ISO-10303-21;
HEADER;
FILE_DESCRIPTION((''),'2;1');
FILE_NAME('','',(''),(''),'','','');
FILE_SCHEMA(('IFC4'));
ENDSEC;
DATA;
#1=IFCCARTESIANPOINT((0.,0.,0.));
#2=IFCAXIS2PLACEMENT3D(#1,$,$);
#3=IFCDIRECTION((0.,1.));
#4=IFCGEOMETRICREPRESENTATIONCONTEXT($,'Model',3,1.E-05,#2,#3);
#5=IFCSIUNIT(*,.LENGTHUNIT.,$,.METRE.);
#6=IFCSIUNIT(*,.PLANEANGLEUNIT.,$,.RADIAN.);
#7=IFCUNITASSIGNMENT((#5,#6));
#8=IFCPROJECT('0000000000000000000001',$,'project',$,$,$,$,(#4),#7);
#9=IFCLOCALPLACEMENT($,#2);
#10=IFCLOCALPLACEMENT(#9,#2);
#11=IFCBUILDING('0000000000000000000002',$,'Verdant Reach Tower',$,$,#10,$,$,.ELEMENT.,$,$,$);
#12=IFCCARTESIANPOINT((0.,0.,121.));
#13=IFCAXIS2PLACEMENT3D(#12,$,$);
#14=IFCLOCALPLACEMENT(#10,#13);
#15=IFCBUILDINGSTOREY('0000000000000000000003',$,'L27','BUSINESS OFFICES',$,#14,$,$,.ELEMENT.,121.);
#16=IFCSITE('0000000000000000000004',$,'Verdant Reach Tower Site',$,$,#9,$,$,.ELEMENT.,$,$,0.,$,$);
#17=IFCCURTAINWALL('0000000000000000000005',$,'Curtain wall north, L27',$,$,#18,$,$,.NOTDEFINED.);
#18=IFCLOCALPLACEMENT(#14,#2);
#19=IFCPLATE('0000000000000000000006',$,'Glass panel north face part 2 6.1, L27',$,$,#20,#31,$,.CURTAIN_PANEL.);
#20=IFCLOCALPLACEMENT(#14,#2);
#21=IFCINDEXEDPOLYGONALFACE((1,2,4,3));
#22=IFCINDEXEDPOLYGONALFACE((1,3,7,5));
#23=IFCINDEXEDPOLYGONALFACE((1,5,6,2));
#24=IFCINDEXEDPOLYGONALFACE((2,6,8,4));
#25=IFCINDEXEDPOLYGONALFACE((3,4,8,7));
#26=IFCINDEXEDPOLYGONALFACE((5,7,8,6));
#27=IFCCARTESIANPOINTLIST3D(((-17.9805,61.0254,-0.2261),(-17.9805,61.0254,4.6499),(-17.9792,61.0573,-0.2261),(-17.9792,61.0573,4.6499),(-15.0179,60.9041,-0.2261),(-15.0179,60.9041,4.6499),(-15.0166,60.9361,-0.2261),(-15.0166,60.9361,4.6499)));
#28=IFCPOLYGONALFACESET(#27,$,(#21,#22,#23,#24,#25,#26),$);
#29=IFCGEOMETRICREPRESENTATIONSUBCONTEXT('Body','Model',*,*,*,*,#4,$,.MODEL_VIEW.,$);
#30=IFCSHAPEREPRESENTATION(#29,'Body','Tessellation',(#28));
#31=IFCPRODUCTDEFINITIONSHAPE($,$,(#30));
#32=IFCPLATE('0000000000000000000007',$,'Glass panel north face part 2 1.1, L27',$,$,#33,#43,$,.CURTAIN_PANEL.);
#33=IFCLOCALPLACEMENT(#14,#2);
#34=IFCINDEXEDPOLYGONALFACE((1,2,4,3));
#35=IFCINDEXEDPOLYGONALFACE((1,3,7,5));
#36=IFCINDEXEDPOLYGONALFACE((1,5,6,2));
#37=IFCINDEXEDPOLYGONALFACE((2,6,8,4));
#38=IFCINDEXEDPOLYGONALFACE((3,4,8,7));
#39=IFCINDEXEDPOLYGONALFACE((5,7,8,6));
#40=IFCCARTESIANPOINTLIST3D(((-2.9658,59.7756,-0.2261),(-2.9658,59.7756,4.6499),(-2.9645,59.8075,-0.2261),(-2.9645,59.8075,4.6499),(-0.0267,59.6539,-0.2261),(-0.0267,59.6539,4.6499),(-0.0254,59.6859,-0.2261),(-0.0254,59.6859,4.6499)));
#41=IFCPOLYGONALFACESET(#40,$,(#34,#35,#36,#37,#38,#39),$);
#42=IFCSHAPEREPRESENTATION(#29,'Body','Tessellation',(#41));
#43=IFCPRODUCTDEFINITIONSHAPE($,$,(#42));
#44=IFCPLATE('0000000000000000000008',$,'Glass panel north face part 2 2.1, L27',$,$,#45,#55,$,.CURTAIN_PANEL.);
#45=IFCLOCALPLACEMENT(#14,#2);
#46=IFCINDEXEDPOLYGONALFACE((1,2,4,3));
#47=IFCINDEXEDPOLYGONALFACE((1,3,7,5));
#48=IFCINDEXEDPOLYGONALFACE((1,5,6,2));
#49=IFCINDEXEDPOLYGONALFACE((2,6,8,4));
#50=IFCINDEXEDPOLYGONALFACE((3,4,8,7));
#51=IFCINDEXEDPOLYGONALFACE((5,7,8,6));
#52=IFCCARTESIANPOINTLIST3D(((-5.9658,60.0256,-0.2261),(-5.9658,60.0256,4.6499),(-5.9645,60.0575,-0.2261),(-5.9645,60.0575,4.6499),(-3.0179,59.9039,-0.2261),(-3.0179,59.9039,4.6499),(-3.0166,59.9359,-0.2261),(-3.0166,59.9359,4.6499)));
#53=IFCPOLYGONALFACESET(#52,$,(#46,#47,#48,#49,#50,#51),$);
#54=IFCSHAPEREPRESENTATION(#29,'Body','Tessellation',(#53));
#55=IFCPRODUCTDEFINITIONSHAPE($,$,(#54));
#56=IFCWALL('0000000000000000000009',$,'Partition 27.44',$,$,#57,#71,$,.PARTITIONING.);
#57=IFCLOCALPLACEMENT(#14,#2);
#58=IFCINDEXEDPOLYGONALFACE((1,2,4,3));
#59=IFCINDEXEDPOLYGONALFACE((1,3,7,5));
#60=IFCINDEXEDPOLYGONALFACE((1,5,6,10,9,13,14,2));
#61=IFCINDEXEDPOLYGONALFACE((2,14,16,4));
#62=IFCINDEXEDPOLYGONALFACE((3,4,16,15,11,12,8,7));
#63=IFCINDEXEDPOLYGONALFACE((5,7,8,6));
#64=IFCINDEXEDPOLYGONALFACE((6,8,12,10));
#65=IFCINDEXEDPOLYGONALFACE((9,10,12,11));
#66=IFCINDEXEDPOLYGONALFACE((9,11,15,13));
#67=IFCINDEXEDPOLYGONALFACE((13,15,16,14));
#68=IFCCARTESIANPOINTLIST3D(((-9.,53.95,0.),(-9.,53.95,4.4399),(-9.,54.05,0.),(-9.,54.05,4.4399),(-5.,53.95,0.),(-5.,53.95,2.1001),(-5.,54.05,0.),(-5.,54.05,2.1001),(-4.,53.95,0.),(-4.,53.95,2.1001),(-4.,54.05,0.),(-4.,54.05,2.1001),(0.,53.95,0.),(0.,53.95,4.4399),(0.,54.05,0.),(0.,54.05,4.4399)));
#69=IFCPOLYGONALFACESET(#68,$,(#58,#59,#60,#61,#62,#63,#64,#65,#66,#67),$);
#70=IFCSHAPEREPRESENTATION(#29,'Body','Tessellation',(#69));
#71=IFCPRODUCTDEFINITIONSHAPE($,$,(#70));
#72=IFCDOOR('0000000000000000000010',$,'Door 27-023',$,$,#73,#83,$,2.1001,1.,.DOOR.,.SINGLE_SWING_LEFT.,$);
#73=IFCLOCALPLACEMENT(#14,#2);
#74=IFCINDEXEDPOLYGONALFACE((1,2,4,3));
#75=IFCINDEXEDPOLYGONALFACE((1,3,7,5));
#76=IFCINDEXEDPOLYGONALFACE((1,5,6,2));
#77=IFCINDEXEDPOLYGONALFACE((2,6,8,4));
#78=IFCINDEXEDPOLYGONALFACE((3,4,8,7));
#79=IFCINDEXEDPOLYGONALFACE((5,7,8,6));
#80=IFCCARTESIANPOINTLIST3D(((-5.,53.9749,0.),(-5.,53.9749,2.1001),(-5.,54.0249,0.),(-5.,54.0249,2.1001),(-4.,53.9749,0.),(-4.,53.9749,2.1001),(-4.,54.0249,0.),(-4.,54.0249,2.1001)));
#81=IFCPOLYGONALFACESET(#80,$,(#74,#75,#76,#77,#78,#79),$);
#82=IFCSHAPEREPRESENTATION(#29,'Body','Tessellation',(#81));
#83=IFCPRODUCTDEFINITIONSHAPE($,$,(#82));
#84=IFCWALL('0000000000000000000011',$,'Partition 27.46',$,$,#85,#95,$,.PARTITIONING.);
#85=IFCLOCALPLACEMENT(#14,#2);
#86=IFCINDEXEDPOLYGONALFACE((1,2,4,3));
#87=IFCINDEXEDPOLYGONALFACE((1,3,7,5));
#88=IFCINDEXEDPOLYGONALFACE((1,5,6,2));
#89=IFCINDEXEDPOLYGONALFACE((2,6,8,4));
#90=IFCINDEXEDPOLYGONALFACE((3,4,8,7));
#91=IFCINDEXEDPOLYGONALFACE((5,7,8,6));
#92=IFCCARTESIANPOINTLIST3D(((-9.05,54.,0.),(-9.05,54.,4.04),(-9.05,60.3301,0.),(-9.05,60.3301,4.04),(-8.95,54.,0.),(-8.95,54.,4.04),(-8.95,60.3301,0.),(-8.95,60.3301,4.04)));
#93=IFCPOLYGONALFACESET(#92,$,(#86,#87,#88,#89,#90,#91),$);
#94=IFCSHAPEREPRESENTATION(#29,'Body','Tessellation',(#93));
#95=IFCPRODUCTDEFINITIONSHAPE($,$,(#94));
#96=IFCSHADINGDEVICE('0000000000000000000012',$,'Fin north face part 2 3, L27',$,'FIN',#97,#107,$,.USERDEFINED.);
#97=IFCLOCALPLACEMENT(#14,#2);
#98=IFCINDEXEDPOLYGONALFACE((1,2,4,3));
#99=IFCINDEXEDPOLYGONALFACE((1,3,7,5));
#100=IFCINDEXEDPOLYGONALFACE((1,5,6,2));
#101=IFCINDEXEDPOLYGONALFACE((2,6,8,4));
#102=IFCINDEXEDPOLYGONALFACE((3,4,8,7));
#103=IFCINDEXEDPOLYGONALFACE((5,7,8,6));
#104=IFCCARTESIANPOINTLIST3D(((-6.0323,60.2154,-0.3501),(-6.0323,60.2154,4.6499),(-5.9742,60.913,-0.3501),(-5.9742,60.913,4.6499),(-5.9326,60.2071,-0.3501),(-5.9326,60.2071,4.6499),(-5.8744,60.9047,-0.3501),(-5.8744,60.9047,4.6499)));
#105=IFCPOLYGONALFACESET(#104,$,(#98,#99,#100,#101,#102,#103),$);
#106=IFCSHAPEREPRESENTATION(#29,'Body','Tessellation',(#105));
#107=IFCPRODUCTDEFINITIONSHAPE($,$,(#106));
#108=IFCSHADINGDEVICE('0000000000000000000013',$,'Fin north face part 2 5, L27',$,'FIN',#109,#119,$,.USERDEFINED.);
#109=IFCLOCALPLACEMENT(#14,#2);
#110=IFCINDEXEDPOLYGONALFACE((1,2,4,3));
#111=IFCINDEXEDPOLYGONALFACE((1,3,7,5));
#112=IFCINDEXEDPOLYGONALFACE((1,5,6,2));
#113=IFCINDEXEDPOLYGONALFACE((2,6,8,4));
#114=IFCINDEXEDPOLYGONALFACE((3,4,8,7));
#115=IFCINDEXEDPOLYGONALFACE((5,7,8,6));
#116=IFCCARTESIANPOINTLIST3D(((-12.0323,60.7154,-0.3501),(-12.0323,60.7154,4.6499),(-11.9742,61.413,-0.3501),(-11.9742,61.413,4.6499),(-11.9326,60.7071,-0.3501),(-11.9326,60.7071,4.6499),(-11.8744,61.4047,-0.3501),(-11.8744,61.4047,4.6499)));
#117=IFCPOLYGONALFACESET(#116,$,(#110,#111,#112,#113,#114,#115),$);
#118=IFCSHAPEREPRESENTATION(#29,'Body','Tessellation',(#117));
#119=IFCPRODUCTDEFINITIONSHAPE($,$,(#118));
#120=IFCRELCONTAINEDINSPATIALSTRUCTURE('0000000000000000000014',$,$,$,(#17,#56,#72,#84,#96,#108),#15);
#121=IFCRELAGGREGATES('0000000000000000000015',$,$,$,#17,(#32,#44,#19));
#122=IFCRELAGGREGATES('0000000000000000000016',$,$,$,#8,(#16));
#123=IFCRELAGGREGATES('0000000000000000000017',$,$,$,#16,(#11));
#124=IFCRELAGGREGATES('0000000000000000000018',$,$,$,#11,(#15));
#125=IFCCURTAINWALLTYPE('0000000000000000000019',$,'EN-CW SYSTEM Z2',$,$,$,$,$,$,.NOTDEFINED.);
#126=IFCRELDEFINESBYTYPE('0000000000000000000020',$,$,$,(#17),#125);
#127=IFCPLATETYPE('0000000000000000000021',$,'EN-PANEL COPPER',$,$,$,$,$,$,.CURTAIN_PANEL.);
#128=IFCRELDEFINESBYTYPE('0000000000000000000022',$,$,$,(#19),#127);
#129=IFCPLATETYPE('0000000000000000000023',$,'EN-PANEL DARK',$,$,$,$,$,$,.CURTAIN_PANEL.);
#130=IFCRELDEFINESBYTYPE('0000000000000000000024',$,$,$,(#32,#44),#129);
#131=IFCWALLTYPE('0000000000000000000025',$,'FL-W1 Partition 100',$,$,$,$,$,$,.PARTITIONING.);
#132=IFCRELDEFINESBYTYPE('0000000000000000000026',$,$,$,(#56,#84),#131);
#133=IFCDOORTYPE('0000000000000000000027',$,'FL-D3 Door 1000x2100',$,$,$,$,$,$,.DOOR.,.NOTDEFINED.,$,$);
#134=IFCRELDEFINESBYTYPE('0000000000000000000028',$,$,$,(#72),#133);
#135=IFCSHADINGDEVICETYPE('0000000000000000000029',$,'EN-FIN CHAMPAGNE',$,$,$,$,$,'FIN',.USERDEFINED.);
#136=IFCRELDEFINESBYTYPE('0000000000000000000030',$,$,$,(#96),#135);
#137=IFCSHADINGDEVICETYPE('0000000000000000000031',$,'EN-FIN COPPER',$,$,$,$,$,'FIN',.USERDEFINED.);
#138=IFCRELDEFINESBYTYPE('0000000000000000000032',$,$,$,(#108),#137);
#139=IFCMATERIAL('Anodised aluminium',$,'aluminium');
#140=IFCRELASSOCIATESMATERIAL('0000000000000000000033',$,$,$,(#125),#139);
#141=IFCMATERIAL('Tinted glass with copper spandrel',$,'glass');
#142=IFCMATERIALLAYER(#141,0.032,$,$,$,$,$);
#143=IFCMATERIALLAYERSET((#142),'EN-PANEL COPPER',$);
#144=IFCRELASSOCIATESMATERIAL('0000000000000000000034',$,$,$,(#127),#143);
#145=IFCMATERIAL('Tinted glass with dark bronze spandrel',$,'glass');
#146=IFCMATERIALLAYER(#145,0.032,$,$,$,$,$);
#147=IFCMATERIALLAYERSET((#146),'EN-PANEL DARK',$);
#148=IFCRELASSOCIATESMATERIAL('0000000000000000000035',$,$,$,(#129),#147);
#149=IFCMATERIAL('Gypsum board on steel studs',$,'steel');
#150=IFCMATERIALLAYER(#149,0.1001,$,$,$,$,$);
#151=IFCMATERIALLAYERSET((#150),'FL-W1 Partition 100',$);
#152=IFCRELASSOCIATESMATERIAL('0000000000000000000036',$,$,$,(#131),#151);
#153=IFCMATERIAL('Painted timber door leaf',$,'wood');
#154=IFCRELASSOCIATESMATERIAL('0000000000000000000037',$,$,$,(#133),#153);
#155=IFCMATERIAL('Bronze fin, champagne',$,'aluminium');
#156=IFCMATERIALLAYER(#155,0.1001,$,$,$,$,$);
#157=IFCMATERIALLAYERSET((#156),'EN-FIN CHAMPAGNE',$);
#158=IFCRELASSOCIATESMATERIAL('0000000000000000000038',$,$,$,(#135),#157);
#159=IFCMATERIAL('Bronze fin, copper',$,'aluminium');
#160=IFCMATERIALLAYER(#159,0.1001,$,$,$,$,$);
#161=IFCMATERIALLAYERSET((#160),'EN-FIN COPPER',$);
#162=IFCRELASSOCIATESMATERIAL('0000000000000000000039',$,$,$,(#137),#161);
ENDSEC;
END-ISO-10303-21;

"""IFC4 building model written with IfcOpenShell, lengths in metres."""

from ifc_helpers import new_model, si_unit, direction, frame, frame_2d, origin, origin_2d, place, context, subcontext, project, spatial, rectangle, extrude, material, layer, layer_set, type_object, element, fill, aggregate, save


model = new_model("IFC4")

# Units and contexts
model_context = context("Model", 3, precision=1e-05, world=origin(), true_north=direction((0.0, 1.0)))
body_context = subcontext(model_context, "Body", "Model", "MODEL_VIEW")
ifc_project = project(units=[si_unit("LENGTHUNIT", "METRE"), si_unit("PLANEANGLEUNIT", "RADIAN")], contexts=[model_context])

# Site, building, storey
site_placement = place(None, origin())
site = spatial("IfcSite", under=ifc_project, at=site_placement, Name="Verdant Reach Tower Site", CompositionType="ELEMENT", RefElevation=0.0)
building_placement = place(site_placement, origin())
building = spatial("IfcBuilding", under=site, at=building_placement, Name="Verdant Reach Tower", CompositionType="ELEMENT")
storey_placement = place(building_placement, frame((0.0, 0.0, 121.0)))
storey = spatial("IfcBuildingStorey", under=building, at=storey_placement, Name="L27", Description="BUSINESS OFFICES", CompositionType="ELEMENT", Elevation=121.0)

# Curtain wall
ifc_material_1 = material(Name="Anodised aluminium", Category="aluminium")
curtain_wall_type = type_object("IfcCurtainWallType", Name="EN-CW SYSTEM Z2", PredefinedType="NOTDEFINED", material=ifc_material_1)
curtain_wall_1_placement = place(storey_placement, origin())
curtain_wall_1 = element("IfcCurtainWall", 1, at=curtain_wall_1_placement, inside=storey, type_object=curtain_wall_type, Name="Curtain wall north, L27", PredefinedType="NOTDEFINED")

# Plates
ifc_material_2 = material(Name="Tinted glass with copper spandrel", Category="glass")
ifc_layer_1 = layer(ifc_material_2, 0.032)
ifc_layer_set_1 = layer_set([ifc_layer_1], Name="EN-PANEL COPPER")
plate_type_1 = type_object("IfcPlateType", Name="EN-PANEL COPPER", PredefinedType="CURTAIN_PANEL", material=ifc_layer_set_1)
plate_1_placement = place(storey_placement, frame((-16.4985, 60.9807, -0.2261), z_axis=(0.0, 0.0, 1.0), x_axis=(-0.999163, 0.0409, 0.0)))
plate_1 = element("IfcPlate", 2, at=plate_1_placement, type_object=plate_type_1, Name="Glass panel north face part 2 6.1, L27", PredefinedType="CURTAIN_PANEL", context=body_context, shape_type="SweptSolid", body=[
    extrude(rectangle(XDim=2.9651, YDim=0.032, at=origin_2d()), origin(), (0.0, 0.0, 1.0), 4.876),
])
ifc_material_3 = material(Name="Tinted glass with dark bronze spandrel", Category="glass")
ifc_layer_2 = layer(ifc_material_3, 0.032)
ifc_layer_set_2 = layer_set([ifc_layer_2], Name="EN-PANEL DARK")
plate_type_2 = type_object("IfcPlateType", Name="EN-PANEL DARK", PredefinedType="CURTAIN_PANEL", material=ifc_layer_set_2)
plate_2_placement = place(storey_placement, frame((-1.4956, 59.7307, -0.2261), z_axis=(0.0, 0.0, 1.0), x_axis=(-0.999144, 0.041364, 0.0)))
plate_2 = element("IfcPlate", 3, at=plate_2_placement, type_object=plate_type_2, Name="Glass panel north face part 2 1.1, L27", PredefinedType="CURTAIN_PANEL", context=body_context, shape_type="SweptSolid", body=[
    extrude(rectangle(XDim=2.9417, YDim=0.032, at=origin_2d()), origin(), (0.0, 0.0, 1.0), 4.876),
])
plate_3_placement = place(storey_placement, frame((-4.4912, 59.9807, -0.2261), z_axis=(0.0, 0.0, 1.0), x_axis=(-0.999149, 0.041242, 0.0)))
plate_3 = element("IfcPlate", 4, at=plate_3_placement, type_object=plate_type_2, Name="Glass panel north face part 2 2.1, L27", PredefinedType="CURTAIN_PANEL", context=body_context, shape_type="SweptSolid", body=[
    extrude(rectangle(XDim=2.9504, YDim=0.032, at=origin_2d()), origin(), (0.0, 0.0, 1.0), 4.876),
])
aggregate(curtain_wall_1, [plate_2, plate_3, plate_1])

# Wall, opening, door
ifc_material_4 = material(Name="Gypsum board on steel studs", Category="steel")
ifc_layer_3 = layer(ifc_material_4, 0.1001)
ifc_layer_set_3 = layer_set([ifc_layer_3], Name="FL-W1 Partition 100")
wall_type = type_object("IfcWallType", Name="FL-W1 Partition 100", PredefinedType="PARTITIONING", material=ifc_layer_set_3)
wall_1_placement = place(storey_placement, frame((-9.0, 54.0, 0.0), z_axis=(0.0, 0.0, 1.0), x_axis=(1.0, 0.0, 0.0)))
wall_1 = element("IfcWall", 5, at=wall_1_placement, inside=storey, type_object=wall_type, Name="Partition 27.44", PredefinedType="PARTITIONING", context=body_context, shape_type="SweptSolid", body=[
    extrude(rectangle(XDim=9.0, YDim=0.1001, at=frame_2d((4.5, 0.0))), origin(), (0.0, 0.0, 1.0), 4.4399),
])
opening_placement = place(wall_1_placement, frame((4.0, 0.0, 0.0)))
opening = element("IfcOpeningElement", 6, at=opening_placement, cuts=wall_1, PredefinedType="OPENING", context=body_context, shape_type="SweptSolid", body=[
    extrude(rectangle(XDim=1.0, YDim=2.1001, at=frame_2d((0.5, 1.05))), frame((0.0, 0.0601, 0.0), z_axis=(0.0, -1.0, 0.0), x_axis=(1.0, 0.0, 0.0)), (0.0, 0.0, 1.0), 0.1201),
])
ifc_material_5 = material(Name="Painted timber door leaf", Category="wood")
door_type = type_object("IfcDoorType", Name="FL-D3 Door 1000x2100", OperationType="NOTDEFINED", PredefinedType="DOOR", material=ifc_material_5)
door_placement = place(opening_placement, origin())
door = element("IfcDoor", 7, at=door_placement, inside=storey, type_object=door_type, Name="Door 27-023", OperationType="SINGLE_SWING_LEFT", OverallHeight=2.1001, OverallWidth=1.0, PredefinedType="DOOR", context=body_context, shape_type="SweptSolid", body=[
    extrude(rectangle(XDim=1.0, YDim=2.1001, at=frame_2d((0.5, 1.05))), frame((0.0, 0.0249, 0.0), z_axis=(0.0, -1.0, 0.0), x_axis=(1.0, 0.0, 0.0)), (0.0, 0.0, 1.0), 0.05),
])
fill(opening, door)

# Wall
wall_2_placement = place(storey_placement, frame((-9.0, 54.0, 0.0), z_axis=(0.0, 0.0, 1.0), x_axis=(0.0, 1.0, 0.0)))
element("IfcWall", 8, at=wall_2_placement, inside=storey, type_object=wall_type, Name="Partition 27.46", PredefinedType="PARTITIONING", context=body_context, shape_type="SweptSolid", body=[
    extrude(rectangle(XDim=6.3301, YDim=0.1001, at=frame_2d((3.165, 0.0))), origin(), (0.0, 0.0, 1.0), 4.04),
])

# Shading devices
ifc_material_6 = material(Name="Bronze fin, champagne", Category="aluminium")
ifc_layer_4 = layer(ifc_material_6, 0.1001)
ifc_layer_set_4 = layer_set([ifc_layer_4], Name="EN-FIN CHAMPAGNE")
shading_device_type_1 = type_object("IfcShadingDeviceType", Name="EN-FIN CHAMPAGNE", ElementType="FIN", PredefinedType="USERDEFINED", material=ifc_layer_set_4)
shading_device_1_placement = place(storey_placement, frame((-5.9534, 60.5601, -0.3501), z_axis=(0.0, 0.0, 1.0), x_axis=(-0.996546, 0.083045, 0.0)))
element("IfcShadingDevice", 9, at=shading_device_1_placement, inside=storey, type_object=shading_device_type_1, Name="Fin north face part 2 3, L27", ObjectType="FIN", PredefinedType="USERDEFINED", context=body_context, shape_type="SweptSolid", body=[
    extrude(rectangle(XDim=0.1001, YDim=0.7, at=origin_2d()), origin(), (0.0, 0.0, 1.0), 5.0),
])
ifc_material_7 = material(Name="Bronze fin, copper", Category="aluminium")
ifc_layer_5 = layer(ifc_material_7, 0.1001)
ifc_layer_set_5 = layer_set([ifc_layer_5], Name="EN-FIN COPPER")
shading_device_type_2 = type_object("IfcShadingDeviceType", Name="EN-FIN COPPER", ElementType="FIN", PredefinedType="USERDEFINED", material=ifc_layer_set_5)
shading_device_2_placement = place(storey_placement, frame((-11.9534, 61.0601, -0.3501), z_axis=(0.0, 0.0, 1.0), x_axis=(-0.996546, 0.083045, 0.0)))
element("IfcShadingDevice", 10, at=shading_device_2_placement, inside=storey, type_object=shading_device_type_2, Name="Fin north face part 2 5, L27", ObjectType="FIN", PredefinedType="USERDEFINED", context=body_context, shape_type="SweptSolid", body=[
    extrude(rectangle(XDim=0.1001, YDim=0.7, at=origin_2d()), origin(), (0.0, 0.0, 1.0), 5.0),
])

save(model, "model.ifc")
